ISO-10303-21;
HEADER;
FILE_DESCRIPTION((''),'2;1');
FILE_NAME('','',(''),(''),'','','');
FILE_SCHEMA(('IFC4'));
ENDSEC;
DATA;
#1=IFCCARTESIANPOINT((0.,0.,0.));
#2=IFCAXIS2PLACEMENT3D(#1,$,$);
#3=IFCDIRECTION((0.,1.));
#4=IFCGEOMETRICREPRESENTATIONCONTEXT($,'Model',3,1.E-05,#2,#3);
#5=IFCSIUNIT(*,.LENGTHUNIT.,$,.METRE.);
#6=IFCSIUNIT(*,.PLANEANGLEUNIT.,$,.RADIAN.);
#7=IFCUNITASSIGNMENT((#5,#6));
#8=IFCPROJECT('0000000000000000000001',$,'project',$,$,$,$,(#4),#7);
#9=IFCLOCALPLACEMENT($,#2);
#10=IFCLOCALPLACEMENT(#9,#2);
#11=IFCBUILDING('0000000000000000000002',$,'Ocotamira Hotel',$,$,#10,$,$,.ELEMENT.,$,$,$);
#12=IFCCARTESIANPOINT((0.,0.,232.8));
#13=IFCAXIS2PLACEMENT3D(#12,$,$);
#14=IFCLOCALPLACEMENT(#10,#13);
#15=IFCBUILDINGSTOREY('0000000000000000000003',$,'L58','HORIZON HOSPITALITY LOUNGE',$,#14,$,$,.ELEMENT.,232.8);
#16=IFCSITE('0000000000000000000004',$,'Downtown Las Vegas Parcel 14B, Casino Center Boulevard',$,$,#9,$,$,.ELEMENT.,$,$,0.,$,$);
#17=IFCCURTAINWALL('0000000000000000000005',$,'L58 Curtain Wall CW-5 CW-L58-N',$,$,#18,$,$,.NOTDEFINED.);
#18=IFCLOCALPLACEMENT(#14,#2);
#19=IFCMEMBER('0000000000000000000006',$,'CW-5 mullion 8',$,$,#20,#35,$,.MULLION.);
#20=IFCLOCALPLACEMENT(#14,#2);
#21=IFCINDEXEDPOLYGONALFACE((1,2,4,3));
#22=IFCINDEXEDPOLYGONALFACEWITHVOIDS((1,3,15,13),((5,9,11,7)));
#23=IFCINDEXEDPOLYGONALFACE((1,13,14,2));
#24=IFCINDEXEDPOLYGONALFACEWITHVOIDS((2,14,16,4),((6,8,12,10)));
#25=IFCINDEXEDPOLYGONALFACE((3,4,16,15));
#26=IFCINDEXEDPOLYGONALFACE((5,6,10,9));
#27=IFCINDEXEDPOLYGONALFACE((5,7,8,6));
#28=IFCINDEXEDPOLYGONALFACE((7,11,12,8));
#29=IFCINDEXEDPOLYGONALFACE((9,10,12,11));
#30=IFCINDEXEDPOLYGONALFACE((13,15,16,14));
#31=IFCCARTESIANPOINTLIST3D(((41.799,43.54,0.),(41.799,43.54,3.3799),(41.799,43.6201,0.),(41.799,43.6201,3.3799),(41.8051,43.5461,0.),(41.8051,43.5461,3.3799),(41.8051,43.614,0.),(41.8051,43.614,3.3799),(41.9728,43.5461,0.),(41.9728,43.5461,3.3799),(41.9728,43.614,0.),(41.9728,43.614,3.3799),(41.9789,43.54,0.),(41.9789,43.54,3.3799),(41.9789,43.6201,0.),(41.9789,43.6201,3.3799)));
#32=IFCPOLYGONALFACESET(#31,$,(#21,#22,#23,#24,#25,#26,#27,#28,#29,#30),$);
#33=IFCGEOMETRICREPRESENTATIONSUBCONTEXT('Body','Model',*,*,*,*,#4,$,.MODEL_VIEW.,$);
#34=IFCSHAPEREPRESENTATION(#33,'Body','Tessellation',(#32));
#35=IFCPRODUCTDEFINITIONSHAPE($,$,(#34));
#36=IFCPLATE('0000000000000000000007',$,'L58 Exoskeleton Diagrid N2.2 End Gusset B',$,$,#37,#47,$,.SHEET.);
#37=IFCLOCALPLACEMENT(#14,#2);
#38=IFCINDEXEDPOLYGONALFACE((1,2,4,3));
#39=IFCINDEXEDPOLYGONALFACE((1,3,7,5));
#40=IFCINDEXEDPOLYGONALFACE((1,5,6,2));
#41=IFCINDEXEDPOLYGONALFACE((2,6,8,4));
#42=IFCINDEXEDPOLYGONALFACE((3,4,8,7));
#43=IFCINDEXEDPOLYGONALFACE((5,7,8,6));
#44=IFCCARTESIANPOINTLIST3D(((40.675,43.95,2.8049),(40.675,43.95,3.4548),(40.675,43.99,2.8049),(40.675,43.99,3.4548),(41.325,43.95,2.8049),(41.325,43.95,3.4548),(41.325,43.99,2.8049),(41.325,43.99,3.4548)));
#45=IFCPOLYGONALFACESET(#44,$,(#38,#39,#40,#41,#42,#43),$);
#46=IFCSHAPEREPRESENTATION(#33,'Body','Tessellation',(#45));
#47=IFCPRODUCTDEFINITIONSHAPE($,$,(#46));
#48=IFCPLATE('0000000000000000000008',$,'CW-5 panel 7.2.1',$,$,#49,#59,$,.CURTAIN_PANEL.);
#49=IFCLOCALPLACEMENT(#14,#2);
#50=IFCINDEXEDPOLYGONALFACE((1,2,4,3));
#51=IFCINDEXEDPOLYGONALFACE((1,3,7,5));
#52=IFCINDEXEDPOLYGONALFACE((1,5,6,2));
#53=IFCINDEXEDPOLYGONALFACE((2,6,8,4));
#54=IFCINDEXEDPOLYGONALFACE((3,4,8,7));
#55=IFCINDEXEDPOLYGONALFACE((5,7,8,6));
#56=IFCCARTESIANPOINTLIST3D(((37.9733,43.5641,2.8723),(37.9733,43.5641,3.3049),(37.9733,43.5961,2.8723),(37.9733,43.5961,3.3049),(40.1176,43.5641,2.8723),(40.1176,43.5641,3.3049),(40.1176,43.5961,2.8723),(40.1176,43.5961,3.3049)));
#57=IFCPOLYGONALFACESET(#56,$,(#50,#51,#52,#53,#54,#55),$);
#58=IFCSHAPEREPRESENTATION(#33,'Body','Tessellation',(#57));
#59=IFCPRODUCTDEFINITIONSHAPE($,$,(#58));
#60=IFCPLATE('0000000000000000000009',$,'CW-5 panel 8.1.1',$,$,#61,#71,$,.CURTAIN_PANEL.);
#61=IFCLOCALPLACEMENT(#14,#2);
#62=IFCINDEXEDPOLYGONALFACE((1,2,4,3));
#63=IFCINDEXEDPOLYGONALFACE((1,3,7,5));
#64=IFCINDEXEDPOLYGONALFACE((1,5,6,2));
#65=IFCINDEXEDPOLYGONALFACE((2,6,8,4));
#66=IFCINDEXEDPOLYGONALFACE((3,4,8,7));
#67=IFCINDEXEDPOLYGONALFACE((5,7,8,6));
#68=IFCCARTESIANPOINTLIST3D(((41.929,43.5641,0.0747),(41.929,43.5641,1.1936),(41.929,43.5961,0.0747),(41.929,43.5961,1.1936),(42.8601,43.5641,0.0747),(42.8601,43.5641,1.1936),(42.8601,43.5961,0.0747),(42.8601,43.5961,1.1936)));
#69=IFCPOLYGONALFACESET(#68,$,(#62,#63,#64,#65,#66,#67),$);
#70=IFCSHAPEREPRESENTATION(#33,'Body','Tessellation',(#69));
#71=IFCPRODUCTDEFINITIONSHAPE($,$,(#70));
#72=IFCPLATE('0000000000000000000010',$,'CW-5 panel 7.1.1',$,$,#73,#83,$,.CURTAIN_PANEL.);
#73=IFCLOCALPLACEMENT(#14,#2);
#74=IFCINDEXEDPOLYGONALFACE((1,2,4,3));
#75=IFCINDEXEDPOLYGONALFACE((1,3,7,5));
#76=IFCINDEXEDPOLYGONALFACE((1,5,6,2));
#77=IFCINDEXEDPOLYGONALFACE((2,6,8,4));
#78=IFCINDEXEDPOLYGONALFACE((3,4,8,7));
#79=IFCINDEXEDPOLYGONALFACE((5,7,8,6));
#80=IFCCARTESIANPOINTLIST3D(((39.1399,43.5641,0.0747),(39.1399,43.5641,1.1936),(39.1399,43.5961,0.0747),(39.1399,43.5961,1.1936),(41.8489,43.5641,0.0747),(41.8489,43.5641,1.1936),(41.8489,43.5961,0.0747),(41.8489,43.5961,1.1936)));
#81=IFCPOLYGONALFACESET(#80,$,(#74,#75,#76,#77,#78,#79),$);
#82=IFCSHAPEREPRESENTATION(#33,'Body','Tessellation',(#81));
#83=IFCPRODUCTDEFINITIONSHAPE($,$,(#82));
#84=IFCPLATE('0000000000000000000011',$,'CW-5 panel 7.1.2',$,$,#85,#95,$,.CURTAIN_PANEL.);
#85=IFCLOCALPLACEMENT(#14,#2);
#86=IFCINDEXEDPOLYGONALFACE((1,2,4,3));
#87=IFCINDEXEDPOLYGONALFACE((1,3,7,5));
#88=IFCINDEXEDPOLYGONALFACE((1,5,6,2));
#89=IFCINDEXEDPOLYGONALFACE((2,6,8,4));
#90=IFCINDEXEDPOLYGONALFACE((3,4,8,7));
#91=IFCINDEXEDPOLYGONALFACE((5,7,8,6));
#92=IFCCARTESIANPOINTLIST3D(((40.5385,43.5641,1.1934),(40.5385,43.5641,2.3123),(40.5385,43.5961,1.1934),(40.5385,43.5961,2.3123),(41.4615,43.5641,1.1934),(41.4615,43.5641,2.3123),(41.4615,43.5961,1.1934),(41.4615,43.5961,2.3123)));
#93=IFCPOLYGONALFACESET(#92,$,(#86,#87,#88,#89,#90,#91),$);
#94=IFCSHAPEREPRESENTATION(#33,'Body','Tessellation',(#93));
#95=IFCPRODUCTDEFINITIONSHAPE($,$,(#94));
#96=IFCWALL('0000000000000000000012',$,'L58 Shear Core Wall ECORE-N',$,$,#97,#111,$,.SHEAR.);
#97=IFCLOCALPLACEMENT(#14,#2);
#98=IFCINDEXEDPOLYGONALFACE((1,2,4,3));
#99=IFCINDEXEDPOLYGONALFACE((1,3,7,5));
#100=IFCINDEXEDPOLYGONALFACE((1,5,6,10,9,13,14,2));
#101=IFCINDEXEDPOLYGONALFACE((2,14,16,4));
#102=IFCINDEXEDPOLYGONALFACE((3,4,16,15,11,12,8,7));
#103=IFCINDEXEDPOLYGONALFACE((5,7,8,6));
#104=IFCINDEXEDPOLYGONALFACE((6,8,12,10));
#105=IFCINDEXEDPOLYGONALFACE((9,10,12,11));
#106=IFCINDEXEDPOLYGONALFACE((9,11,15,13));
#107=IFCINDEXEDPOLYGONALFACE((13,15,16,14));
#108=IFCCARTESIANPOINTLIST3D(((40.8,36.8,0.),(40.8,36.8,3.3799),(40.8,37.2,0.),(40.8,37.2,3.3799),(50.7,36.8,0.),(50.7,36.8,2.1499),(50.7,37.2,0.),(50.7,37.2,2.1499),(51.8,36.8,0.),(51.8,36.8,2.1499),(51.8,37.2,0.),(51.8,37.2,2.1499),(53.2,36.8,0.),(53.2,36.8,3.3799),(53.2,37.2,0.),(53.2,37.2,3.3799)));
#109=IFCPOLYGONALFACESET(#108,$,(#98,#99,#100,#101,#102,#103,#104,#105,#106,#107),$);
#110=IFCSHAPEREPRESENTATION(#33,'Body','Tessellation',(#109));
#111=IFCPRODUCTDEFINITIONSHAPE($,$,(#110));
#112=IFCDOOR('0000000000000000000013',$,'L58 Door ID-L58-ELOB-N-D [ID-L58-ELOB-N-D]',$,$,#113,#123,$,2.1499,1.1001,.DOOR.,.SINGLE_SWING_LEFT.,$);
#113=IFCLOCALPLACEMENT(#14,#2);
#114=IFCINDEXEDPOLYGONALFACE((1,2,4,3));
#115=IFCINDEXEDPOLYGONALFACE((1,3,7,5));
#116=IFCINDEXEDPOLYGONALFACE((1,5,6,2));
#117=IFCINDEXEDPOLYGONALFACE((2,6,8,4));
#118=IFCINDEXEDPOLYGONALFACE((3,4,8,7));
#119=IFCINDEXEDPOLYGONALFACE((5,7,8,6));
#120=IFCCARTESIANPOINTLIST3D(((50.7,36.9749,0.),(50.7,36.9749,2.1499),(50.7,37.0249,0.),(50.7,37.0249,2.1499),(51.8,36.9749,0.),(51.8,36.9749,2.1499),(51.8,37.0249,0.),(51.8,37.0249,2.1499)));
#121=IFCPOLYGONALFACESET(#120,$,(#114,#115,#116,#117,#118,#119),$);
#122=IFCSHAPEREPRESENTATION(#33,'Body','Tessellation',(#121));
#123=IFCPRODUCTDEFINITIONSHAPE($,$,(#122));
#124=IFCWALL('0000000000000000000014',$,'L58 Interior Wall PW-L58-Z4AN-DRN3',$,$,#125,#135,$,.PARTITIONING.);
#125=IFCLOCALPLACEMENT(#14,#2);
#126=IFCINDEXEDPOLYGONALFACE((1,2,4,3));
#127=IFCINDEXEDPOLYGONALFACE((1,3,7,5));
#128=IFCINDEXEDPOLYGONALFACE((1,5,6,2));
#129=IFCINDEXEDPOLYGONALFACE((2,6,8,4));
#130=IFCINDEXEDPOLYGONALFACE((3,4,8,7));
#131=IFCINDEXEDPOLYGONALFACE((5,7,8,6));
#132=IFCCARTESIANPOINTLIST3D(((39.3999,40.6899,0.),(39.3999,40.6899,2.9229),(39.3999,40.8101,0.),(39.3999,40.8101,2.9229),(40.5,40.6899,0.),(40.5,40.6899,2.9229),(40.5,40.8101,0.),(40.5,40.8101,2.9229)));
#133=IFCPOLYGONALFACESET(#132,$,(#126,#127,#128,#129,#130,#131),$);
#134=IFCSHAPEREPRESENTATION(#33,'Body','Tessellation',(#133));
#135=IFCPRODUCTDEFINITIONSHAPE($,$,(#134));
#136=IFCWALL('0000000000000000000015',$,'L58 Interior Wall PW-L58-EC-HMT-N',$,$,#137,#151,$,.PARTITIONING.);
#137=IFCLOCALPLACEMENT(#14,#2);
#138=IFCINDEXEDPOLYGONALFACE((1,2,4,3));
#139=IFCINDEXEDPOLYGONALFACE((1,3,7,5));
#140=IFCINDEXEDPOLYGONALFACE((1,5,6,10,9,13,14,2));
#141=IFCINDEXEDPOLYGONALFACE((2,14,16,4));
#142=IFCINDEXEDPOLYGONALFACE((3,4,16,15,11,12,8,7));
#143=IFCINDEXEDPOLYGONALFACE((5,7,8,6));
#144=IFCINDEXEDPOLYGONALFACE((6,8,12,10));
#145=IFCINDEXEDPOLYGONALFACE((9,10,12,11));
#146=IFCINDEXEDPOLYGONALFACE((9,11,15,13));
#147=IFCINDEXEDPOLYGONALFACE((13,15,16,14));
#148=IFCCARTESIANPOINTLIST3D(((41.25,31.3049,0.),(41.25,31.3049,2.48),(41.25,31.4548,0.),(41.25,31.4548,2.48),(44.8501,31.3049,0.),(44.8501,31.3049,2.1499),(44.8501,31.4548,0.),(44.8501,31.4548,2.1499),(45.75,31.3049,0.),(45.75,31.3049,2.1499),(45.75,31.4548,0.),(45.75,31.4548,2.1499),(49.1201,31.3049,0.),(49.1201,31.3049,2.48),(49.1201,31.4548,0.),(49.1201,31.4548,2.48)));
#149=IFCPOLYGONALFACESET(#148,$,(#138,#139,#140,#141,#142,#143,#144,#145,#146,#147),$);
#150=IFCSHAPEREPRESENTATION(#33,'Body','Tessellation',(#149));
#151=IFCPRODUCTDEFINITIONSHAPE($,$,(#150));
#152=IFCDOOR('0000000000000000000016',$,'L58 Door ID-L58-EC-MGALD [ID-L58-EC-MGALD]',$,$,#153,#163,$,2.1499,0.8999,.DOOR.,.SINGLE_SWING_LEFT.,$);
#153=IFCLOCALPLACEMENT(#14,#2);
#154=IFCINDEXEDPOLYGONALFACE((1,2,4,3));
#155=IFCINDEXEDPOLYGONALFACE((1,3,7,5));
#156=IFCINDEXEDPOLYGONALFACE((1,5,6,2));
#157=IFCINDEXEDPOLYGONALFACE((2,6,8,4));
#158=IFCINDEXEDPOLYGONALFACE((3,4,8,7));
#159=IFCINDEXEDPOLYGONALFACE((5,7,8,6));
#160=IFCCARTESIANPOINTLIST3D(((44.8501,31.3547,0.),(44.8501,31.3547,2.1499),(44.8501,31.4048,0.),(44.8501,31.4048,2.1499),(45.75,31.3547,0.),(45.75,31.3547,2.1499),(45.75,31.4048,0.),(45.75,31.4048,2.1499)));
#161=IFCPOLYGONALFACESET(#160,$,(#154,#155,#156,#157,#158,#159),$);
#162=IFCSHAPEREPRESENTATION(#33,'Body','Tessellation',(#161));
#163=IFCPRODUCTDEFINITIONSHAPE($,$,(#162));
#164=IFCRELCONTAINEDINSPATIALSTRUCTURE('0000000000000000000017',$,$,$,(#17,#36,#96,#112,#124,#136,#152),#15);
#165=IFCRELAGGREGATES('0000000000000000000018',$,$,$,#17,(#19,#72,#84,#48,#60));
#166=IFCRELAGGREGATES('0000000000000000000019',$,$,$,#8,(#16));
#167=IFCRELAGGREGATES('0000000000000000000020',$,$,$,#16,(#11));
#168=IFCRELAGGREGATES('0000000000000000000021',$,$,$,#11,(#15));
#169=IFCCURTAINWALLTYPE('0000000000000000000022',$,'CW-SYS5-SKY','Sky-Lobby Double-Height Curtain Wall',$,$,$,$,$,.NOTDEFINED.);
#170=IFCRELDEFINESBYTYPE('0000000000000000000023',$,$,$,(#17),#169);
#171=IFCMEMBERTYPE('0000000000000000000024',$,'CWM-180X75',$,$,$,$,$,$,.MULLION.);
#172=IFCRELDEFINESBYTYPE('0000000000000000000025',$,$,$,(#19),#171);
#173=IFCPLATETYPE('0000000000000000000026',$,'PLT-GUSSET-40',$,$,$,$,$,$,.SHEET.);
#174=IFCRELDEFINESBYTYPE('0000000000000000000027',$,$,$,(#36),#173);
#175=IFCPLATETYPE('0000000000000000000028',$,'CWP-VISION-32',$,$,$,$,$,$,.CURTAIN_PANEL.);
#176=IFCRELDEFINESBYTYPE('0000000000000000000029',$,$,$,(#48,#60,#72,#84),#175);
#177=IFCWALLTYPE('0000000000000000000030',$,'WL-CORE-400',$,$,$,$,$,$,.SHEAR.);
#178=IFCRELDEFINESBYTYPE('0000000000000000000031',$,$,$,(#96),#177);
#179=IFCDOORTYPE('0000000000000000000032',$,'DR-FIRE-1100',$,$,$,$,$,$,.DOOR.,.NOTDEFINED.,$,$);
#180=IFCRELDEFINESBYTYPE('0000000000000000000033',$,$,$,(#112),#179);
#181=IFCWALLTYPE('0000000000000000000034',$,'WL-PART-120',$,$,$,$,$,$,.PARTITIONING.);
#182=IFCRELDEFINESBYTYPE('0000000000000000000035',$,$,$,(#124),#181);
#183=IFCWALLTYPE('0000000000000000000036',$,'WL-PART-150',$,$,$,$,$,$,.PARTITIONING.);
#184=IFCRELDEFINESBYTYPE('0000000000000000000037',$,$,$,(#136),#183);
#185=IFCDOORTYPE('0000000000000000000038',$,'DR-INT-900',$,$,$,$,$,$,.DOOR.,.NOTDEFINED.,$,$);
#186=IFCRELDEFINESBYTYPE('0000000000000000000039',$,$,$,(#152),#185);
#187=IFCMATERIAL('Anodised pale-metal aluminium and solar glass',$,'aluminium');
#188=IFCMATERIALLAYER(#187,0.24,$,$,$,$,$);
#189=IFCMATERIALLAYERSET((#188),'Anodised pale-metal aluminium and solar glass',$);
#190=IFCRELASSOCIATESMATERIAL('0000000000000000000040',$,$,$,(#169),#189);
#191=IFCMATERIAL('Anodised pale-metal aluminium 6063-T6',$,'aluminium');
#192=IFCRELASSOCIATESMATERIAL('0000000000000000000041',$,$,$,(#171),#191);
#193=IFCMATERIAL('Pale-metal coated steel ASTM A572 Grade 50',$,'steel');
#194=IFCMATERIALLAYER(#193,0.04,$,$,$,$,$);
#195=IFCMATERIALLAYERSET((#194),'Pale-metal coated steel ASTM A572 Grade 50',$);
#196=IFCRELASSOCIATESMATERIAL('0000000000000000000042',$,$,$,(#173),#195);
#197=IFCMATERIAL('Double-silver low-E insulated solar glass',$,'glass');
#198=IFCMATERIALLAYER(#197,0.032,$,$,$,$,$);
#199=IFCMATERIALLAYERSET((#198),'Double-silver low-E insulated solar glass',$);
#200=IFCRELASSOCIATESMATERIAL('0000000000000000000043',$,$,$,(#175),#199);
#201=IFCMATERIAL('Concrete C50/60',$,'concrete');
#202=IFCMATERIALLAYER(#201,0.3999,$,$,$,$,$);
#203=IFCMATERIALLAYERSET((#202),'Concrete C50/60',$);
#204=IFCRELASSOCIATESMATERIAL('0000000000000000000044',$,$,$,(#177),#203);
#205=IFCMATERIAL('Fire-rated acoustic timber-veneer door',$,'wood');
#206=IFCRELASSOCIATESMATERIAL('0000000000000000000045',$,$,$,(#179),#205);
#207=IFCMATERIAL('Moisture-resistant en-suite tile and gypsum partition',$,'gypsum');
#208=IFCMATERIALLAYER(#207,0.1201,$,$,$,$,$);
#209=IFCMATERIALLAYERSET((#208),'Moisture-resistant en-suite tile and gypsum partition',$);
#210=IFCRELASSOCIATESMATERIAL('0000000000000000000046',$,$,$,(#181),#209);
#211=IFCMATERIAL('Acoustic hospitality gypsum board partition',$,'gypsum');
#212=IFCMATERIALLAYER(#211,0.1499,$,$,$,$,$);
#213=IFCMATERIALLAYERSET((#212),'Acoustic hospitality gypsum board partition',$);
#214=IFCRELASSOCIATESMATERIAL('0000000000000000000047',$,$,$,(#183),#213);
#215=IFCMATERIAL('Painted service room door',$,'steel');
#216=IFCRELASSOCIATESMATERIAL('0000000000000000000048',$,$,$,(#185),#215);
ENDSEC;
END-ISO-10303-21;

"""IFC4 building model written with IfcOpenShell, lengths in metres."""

from ifc_helpers import new_model, si_unit, direction, frame, frame_2d, origin, origin_2d, place, context, subcontext, project, spatial, rectangle, hollow_rectangle, extrude, source, transform, mapped, material, layer, layer_set, material_profile, profile_set, type_object, element, fill, aggregate, save


model = new_model("IFC4")

# Units and contexts
model_context = context("Model", 3, precision=1e-05, world=origin(), true_north=direction((0.0, 1.0)))
body_context = subcontext(model_context, "Body", "Model", "MODEL_VIEW")
ifc_project = project(units=[si_unit("LENGTHUNIT", "METRE"), si_unit("PLANEANGLEUNIT", "RADIAN")], contexts=[model_context])

# Site, building, storey
site_placement = place(None, origin())
site = spatial("IfcSite", under=ifc_project, at=site_placement, Name="Downtown Las Vegas Parcel 14B, Casino Center Boulevard", CompositionType="ELEMENT", RefElevation=0.0)
building_placement = place(site_placement, origin())
building = spatial("IfcBuilding", under=site, at=building_placement, Name="Ocotamira Hotel", CompositionType="ELEMENT")
storey_placement = place(building_placement, frame((0.0, 0.0, 232.8)))
storey = spatial("IfcBuildingStorey", under=building, at=storey_placement, Name="L58", Description="HORIZON HOSPITALITY LOUNGE", CompositionType="ELEMENT", Elevation=232.8)

# Shared definitions
ifc_material_1 = material(Name="Concrete C50/60", Category="concrete")

# Curtain wall, member
ifc_material_2 = material(Name="Anodised pale-metal aluminium and solar glass", Category="aluminium")
ifc_layer_1 = layer(ifc_material_2, 0.24)
ifc_layer_set_1 = layer_set([ifc_layer_1], Name="Anodised pale-metal aluminium and solar glass")
curtain_wall_type = type_object("IfcCurtainWallType", Name="CW-SYS5-SKY", Description="Sky-Lobby Double-Height Curtain Wall", PredefinedType="NOTDEFINED", material=ifc_layer_set_1)
curtain_wall_placement = place(storey_placement, origin())
curtain_wall = element("IfcCurtainWall", 1, at=curtain_wall_placement, inside=storey, type_object=curtain_wall_type, Name="L58 Curtain Wall CW-5 CW-L58-N", PredefinedType="NOTDEFINED")
ifc_material_3 = material(Name="Anodised pale-metal aluminium 6063-T6", Category="aluminium")
ifc_material_profile_1 = material_profile(ifc_material_3, hollow_rectangle(XDim=0.0801, YDim=0.1799, WallThickness=0.0061, at=origin_2d()), Name="HSS180X80X6")
ifc_profile_set_1 = profile_set([ifc_material_profile_1], Name="Anodised pale-metal aluminium 6063-T6")
member_type_1 = type_object("IfcMemberType", Name="CWM-180X75", PredefinedType="MULLION", material=ifc_profile_set_1)
shared_shape_1 = source(origin(), body_context, "Body", "SweptSolid", [
    extrude(hollow_rectangle(XDim=0.0801, YDim=0.1799, WallThickness=0.0061, at=origin_2d()), origin(), (0.0, 0.0, 1.0), 3.3799),
])
member_1_placement = place(storey_placement, frame((41.8889, 43.5801, 0.0), z_axis=(0.0, 0.0, 1.0), x_axis=(0.0, 1.0, 0.0)))
member_1 = element("IfcMember", 2, at=member_1_placement, type_object=member_type_1, Name="CW-5 mullion 8", PredefinedType="MULLION", context=body_context, shape_type="MappedRepresentation", body=[
    mapped(shared_shape_1, transform((0.0, 0.0, 0.0), scale=1.0)),
])

# Plates
ifc_material_4 = material(Name="Pale-metal coated steel ASTM A572 Grade 50", Category="steel")
ifc_layer_2 = layer(ifc_material_4, 0.04)
ifc_layer_set_2 = layer_set([ifc_layer_2], Name="Pale-metal coated steel ASTM A572 Grade 50")
plate_type_1 = type_object("IfcPlateType", Name="PLT-GUSSET-40", PredefinedType="SHEET", material=ifc_layer_set_2)
shared_shape_2 = source(origin(), body_context, "Body", "SweptSolid", [
    extrude(rectangle(XDim=0.6499, YDim=0.04, at=origin_2d()), origin(), (0.0, 0.0, 1.0), 0.6499),
])
plate_1_placement = place(storey_placement, frame((41.0, 43.97, 2.8049), z_axis=(0.0, 0.0, 1.0), x_axis=(1.0, 0.0, 0.0)))
element("IfcPlate", 3, at=plate_1_placement, inside=storey, type_object=plate_type_1, Name="L58 Exoskeleton Diagrid N2.2 End Gusset B", PredefinedType="SHEET", context=body_context, shape_type="MappedRepresentation", body=[
    mapped(shared_shape_2, transform((0.0, 0.0, 0.0), scale=1.0)),
])
ifc_material_5 = material(Name="Double-silver low-E insulated solar glass", Category="glass")
ifc_layer_3 = layer(ifc_material_5, 0.032)
ifc_layer_set_3 = layer_set([ifc_layer_3], Name="Double-silver low-E insulated solar glass")
plate_type_2 = type_object("IfcPlateType", Name="CWP-VISION-32", PredefinedType="CURTAIN_PANEL", material=ifc_layer_set_3)
shared_shape_3 = source(origin(), body_context, "Body", "SweptSolid", [
    extrude(rectangle(XDim=2.1443, YDim=0.032, at=origin_2d()), origin(), (0.0, 0.0, 1.0), 0.4326),
])
plate_2_placement = place(storey_placement, frame((39.0454, 43.5801, 2.8723), z_axis=(0.0, 0.0, 1.0), x_axis=(1.0, 0.0, 0.0)))
plate_2 = element("IfcPlate", 4, at=plate_2_placement, type_object=plate_type_2, Name="CW-5 panel 7.2.1", PredefinedType="CURTAIN_PANEL", context=body_context, shape_type="MappedRepresentation", body=[
    mapped(shared_shape_3, transform((0.0, 0.0, 0.0), scale=1.0)),
])
shared_shape_4 = source(origin(), body_context, "Body", "SweptSolid", [
    extrude(rectangle(XDim=0.9312, YDim=0.032, at=origin_2d()), origin(), (0.0, 0.0, 1.0), 1.1189),
])
plate_3_placement = place(storey_placement, frame((42.3945, 43.5801, 0.0747), z_axis=(0.0, 0.0, 1.0), x_axis=(1.0, 0.0, 0.0)))
plate_3 = element("IfcPlate", 5, at=plate_3_placement, type_object=plate_type_2, Name="CW-5 panel 8.1.1", PredefinedType="CURTAIN_PANEL", context=body_context, shape_type="MappedRepresentation", body=[
    mapped(shared_shape_4, transform((0.0, 0.0, 0.0), scale=1.0)),
])
shared_shape_5 = source(origin(), body_context, "Body", "SweptSolid", [
    extrude(rectangle(XDim=2.709, YDim=0.032, at=origin_2d()), origin(), (0.0, 0.0, 1.0), 1.1189),
])
plate_4_placement = place(storey_placement, frame((40.4944, 43.5801, 0.0747), z_axis=(0.0, 0.0, 1.0), x_axis=(1.0, 0.0, 0.0)))
plate_4 = element("IfcPlate", 6, at=plate_4_placement, type_object=plate_type_2, Name="CW-5 panel 7.1.1", PredefinedType="CURTAIN_PANEL", context=body_context, shape_type="MappedRepresentation", body=[
    mapped(shared_shape_5, transform((0.0, 0.0, 0.0), scale=1.0)),
])
shared_shape_6 = source(origin(), body_context, "Body", "SweptSolid", [
    extrude(rectangle(XDim=0.9231, YDim=0.032, at=origin_2d()), origin(), (0.0, 0.0, 1.0), 1.1189),
])
plate_5_placement = place(storey_placement, frame((41.0, 43.5801, 1.1934), z_axis=(0.0, 0.0, 1.0), x_axis=(1.0, 0.0, 0.0)))
plate_5 = element("IfcPlate", 7, at=plate_5_placement, type_object=plate_type_2, Name="CW-5 panel 7.1.2", PredefinedType="CURTAIN_PANEL", context=body_context, shape_type="MappedRepresentation", body=[
    mapped(shared_shape_6, transform((0.0, 0.0, 0.0), scale=1.0)),
])
aggregate(curtain_wall, [member_1, plate_4, plate_5, plate_2, plate_3])

# Wall, opening, door
ifc_layer_4 = layer(ifc_material_1, 0.3999)
ifc_layer_set_4 = layer_set([ifc_layer_4], Name="Concrete C50/60")
wall_type_1 = type_object("IfcWallType", Name="WL-CORE-400", PredefinedType="SHEAR", material=ifc_layer_set_4)
wall_1_placement = place(storey_placement, frame((40.8, 37.0, 0.0), z_axis=(0.0, 0.0, 1.0), x_axis=(1.0, 0.0, 0.0)))
wall_1 = element("IfcWall", 8, at=wall_1_placement, inside=storey, type_object=wall_type_1, Name="L58 Shear Core Wall ECORE-N", PredefinedType="SHEAR", context=body_context, shape_type="SweptSolid", body=[
    extrude(rectangle(XDim=12.3999, YDim=0.3999, at=frame_2d((6.2, 0.0))), origin(), (0.0, 0.0, 1.0), 3.3799),
])
opening_1_placement = place(wall_1_placement, frame((9.8999, 0.0, 0.0)))
opening_1 = element("IfcOpeningElement", 9, at=opening_1_placement, cuts=wall_1, PredefinedType="OPENING", context=body_context, shape_type="SweptSolid", body=[
    extrude(rectangle(XDim=1.1001, YDim=2.1499, at=frame_2d((0.55, 1.075))), frame((0.0, 0.21, 0.0), z_axis=(0.0, -1.0, 0.0), x_axis=(1.0, 0.0, 0.0)), (0.0, 0.0, 1.0), 0.4199),
])
ifc_material_6 = material(Name="Fire-rated acoustic timber-veneer door", Category="wood")
door_type_1 = type_object("IfcDoorType", Name="DR-FIRE-1100", OperationType="NOTDEFINED", PredefinedType="DOOR", material=ifc_material_6)
shared_shape_7 = source(origin(), body_context, "Body", "SweptSolid", [
    extrude(rectangle(XDim=1.1001, YDim=2.1499, at=frame_2d((0.55, 1.075))), frame((0.0, 0.0249, 0.0), z_axis=(0.0, -1.0, 0.0), x_axis=(1.0, 0.0, 0.0)), (0.0, 0.0, 1.0), 0.05),
])
door_1_placement = place(opening_1_placement, origin())
door_1 = element("IfcDoor", 10, at=door_1_placement, inside=storey, type_object=door_type_1, Name="L58 Door ID-L58-ELOB-N-D [ID-L58-ELOB-N-D]", OperationType="SINGLE_SWING_LEFT", OverallHeight=2.1499, OverallWidth=1.1001, PredefinedType="DOOR", context=body_context, shape_type="MappedRepresentation", body=[
    mapped(shared_shape_7, transform((0.0, 0.0, 0.0), scale=1.0)),
])
fill(opening_1, door_1)

# Wall
ifc_material_7 = material(Name="Moisture-resistant en-suite tile and gypsum partition", Category="gypsum")
ifc_layer_5 = layer(ifc_material_7, 0.1201)
ifc_layer_set_5 = layer_set([ifc_layer_5], Name="Moisture-resistant en-suite tile and gypsum partition")
wall_type_2 = type_object("IfcWallType", Name="WL-PART-120", PredefinedType="PARTITIONING", material=ifc_layer_set_5)
wall_2_placement = place(storey_placement, frame((39.3999, 40.75, 0.0), z_axis=(0.0, 0.0, 1.0), x_axis=(1.0, 0.0, 0.0)))
element("IfcWall", 11, at=wall_2_placement, inside=storey, type_object=wall_type_2, Name="L58 Interior Wall PW-L58-Z4AN-DRN3", PredefinedType="PARTITIONING", context=body_context, shape_type="SweptSolid", body=[
    extrude(rectangle(XDim=1.1001, YDim=0.1201, at=frame_2d((0.55, 0.0))), origin(), (0.0, 0.0, 1.0), 2.9229),
])

# Wall, opening, door
ifc_material_8 = material(Name="Acoustic hospitality gypsum board partition", Category="gypsum")
ifc_layer_6 = layer(ifc_material_8, 0.1499)
ifc_layer_set_6 = layer_set([ifc_layer_6], Name="Acoustic hospitality gypsum board partition")
wall_type_3 = type_object("IfcWallType", Name="WL-PART-150", PredefinedType="PARTITIONING", material=ifc_layer_set_6)
wall_3_placement = place(storey_placement, frame((41.25, 31.3799, 0.0), z_axis=(0.0, 0.0, 1.0), x_axis=(1.0, 0.0, 0.0)))
wall_3 = element("IfcWall", 12, at=wall_3_placement, inside=storey, type_object=wall_type_3, Name="L58 Interior Wall PW-L58-EC-HMT-N", PredefinedType="PARTITIONING", context=body_context, shape_type="SweptSolid", body=[
    extrude(rectangle(XDim=7.8701, YDim=0.1499, at=frame_2d((3.9351, 0.0))), origin(), (0.0, 0.0, 1.0), 2.48),
])
opening_2_placement = place(wall_3_placement, frame((3.6001, 0.0, 0.0)))
opening_2 = element("IfcOpeningElement", 13, at=opening_2_placement, cuts=wall_3, PredefinedType="OPENING", context=body_context, shape_type="SweptSolid", body=[
    extrude(rectangle(XDim=0.8999, YDim=2.1499, at=frame_2d((0.45, 1.075))), frame((0.0, 0.085, 0.0), z_axis=(0.0, -1.0, 0.0), x_axis=(1.0, 0.0, 0.0)), (0.0, 0.0, 1.0), 0.1699),
])
ifc_material_9 = material(Name="Painted service room door", Category="steel")
door_type_2 = type_object("IfcDoorType", Name="DR-INT-900", OperationType="NOTDEFINED", PredefinedType="DOOR", material=ifc_material_9)
shared_shape_8 = source(origin(), body_context, "Body", "SweptSolid", [
    extrude(rectangle(XDim=0.8999, YDim=2.1499, at=frame_2d((0.45, 1.075))), frame((0.0, 0.0249, 0.0), z_axis=(0.0, -1.0, 0.0), x_axis=(1.0, 0.0, 0.0)), (0.0, 0.0, 1.0), 0.05),
])
door_2_placement = place(opening_2_placement, origin())
door_2 = element("IfcDoor", 14, at=door_2_placement, inside=storey, type_object=door_type_2, Name="L58 Door ID-L58-EC-MGALD [ID-L58-EC-MGALD]", OperationType="SINGLE_SWING_LEFT", OverallHeight=2.1499, OverallWidth=0.8999, PredefinedType="DOOR", context=body_context, shape_type="MappedRepresentation", body=[
    mapped(shared_shape_8, transform((0.0, 0.0, 0.0), scale=1.0)),
])
fill(opening_2, door_2)

save(model, "model.ifc")
